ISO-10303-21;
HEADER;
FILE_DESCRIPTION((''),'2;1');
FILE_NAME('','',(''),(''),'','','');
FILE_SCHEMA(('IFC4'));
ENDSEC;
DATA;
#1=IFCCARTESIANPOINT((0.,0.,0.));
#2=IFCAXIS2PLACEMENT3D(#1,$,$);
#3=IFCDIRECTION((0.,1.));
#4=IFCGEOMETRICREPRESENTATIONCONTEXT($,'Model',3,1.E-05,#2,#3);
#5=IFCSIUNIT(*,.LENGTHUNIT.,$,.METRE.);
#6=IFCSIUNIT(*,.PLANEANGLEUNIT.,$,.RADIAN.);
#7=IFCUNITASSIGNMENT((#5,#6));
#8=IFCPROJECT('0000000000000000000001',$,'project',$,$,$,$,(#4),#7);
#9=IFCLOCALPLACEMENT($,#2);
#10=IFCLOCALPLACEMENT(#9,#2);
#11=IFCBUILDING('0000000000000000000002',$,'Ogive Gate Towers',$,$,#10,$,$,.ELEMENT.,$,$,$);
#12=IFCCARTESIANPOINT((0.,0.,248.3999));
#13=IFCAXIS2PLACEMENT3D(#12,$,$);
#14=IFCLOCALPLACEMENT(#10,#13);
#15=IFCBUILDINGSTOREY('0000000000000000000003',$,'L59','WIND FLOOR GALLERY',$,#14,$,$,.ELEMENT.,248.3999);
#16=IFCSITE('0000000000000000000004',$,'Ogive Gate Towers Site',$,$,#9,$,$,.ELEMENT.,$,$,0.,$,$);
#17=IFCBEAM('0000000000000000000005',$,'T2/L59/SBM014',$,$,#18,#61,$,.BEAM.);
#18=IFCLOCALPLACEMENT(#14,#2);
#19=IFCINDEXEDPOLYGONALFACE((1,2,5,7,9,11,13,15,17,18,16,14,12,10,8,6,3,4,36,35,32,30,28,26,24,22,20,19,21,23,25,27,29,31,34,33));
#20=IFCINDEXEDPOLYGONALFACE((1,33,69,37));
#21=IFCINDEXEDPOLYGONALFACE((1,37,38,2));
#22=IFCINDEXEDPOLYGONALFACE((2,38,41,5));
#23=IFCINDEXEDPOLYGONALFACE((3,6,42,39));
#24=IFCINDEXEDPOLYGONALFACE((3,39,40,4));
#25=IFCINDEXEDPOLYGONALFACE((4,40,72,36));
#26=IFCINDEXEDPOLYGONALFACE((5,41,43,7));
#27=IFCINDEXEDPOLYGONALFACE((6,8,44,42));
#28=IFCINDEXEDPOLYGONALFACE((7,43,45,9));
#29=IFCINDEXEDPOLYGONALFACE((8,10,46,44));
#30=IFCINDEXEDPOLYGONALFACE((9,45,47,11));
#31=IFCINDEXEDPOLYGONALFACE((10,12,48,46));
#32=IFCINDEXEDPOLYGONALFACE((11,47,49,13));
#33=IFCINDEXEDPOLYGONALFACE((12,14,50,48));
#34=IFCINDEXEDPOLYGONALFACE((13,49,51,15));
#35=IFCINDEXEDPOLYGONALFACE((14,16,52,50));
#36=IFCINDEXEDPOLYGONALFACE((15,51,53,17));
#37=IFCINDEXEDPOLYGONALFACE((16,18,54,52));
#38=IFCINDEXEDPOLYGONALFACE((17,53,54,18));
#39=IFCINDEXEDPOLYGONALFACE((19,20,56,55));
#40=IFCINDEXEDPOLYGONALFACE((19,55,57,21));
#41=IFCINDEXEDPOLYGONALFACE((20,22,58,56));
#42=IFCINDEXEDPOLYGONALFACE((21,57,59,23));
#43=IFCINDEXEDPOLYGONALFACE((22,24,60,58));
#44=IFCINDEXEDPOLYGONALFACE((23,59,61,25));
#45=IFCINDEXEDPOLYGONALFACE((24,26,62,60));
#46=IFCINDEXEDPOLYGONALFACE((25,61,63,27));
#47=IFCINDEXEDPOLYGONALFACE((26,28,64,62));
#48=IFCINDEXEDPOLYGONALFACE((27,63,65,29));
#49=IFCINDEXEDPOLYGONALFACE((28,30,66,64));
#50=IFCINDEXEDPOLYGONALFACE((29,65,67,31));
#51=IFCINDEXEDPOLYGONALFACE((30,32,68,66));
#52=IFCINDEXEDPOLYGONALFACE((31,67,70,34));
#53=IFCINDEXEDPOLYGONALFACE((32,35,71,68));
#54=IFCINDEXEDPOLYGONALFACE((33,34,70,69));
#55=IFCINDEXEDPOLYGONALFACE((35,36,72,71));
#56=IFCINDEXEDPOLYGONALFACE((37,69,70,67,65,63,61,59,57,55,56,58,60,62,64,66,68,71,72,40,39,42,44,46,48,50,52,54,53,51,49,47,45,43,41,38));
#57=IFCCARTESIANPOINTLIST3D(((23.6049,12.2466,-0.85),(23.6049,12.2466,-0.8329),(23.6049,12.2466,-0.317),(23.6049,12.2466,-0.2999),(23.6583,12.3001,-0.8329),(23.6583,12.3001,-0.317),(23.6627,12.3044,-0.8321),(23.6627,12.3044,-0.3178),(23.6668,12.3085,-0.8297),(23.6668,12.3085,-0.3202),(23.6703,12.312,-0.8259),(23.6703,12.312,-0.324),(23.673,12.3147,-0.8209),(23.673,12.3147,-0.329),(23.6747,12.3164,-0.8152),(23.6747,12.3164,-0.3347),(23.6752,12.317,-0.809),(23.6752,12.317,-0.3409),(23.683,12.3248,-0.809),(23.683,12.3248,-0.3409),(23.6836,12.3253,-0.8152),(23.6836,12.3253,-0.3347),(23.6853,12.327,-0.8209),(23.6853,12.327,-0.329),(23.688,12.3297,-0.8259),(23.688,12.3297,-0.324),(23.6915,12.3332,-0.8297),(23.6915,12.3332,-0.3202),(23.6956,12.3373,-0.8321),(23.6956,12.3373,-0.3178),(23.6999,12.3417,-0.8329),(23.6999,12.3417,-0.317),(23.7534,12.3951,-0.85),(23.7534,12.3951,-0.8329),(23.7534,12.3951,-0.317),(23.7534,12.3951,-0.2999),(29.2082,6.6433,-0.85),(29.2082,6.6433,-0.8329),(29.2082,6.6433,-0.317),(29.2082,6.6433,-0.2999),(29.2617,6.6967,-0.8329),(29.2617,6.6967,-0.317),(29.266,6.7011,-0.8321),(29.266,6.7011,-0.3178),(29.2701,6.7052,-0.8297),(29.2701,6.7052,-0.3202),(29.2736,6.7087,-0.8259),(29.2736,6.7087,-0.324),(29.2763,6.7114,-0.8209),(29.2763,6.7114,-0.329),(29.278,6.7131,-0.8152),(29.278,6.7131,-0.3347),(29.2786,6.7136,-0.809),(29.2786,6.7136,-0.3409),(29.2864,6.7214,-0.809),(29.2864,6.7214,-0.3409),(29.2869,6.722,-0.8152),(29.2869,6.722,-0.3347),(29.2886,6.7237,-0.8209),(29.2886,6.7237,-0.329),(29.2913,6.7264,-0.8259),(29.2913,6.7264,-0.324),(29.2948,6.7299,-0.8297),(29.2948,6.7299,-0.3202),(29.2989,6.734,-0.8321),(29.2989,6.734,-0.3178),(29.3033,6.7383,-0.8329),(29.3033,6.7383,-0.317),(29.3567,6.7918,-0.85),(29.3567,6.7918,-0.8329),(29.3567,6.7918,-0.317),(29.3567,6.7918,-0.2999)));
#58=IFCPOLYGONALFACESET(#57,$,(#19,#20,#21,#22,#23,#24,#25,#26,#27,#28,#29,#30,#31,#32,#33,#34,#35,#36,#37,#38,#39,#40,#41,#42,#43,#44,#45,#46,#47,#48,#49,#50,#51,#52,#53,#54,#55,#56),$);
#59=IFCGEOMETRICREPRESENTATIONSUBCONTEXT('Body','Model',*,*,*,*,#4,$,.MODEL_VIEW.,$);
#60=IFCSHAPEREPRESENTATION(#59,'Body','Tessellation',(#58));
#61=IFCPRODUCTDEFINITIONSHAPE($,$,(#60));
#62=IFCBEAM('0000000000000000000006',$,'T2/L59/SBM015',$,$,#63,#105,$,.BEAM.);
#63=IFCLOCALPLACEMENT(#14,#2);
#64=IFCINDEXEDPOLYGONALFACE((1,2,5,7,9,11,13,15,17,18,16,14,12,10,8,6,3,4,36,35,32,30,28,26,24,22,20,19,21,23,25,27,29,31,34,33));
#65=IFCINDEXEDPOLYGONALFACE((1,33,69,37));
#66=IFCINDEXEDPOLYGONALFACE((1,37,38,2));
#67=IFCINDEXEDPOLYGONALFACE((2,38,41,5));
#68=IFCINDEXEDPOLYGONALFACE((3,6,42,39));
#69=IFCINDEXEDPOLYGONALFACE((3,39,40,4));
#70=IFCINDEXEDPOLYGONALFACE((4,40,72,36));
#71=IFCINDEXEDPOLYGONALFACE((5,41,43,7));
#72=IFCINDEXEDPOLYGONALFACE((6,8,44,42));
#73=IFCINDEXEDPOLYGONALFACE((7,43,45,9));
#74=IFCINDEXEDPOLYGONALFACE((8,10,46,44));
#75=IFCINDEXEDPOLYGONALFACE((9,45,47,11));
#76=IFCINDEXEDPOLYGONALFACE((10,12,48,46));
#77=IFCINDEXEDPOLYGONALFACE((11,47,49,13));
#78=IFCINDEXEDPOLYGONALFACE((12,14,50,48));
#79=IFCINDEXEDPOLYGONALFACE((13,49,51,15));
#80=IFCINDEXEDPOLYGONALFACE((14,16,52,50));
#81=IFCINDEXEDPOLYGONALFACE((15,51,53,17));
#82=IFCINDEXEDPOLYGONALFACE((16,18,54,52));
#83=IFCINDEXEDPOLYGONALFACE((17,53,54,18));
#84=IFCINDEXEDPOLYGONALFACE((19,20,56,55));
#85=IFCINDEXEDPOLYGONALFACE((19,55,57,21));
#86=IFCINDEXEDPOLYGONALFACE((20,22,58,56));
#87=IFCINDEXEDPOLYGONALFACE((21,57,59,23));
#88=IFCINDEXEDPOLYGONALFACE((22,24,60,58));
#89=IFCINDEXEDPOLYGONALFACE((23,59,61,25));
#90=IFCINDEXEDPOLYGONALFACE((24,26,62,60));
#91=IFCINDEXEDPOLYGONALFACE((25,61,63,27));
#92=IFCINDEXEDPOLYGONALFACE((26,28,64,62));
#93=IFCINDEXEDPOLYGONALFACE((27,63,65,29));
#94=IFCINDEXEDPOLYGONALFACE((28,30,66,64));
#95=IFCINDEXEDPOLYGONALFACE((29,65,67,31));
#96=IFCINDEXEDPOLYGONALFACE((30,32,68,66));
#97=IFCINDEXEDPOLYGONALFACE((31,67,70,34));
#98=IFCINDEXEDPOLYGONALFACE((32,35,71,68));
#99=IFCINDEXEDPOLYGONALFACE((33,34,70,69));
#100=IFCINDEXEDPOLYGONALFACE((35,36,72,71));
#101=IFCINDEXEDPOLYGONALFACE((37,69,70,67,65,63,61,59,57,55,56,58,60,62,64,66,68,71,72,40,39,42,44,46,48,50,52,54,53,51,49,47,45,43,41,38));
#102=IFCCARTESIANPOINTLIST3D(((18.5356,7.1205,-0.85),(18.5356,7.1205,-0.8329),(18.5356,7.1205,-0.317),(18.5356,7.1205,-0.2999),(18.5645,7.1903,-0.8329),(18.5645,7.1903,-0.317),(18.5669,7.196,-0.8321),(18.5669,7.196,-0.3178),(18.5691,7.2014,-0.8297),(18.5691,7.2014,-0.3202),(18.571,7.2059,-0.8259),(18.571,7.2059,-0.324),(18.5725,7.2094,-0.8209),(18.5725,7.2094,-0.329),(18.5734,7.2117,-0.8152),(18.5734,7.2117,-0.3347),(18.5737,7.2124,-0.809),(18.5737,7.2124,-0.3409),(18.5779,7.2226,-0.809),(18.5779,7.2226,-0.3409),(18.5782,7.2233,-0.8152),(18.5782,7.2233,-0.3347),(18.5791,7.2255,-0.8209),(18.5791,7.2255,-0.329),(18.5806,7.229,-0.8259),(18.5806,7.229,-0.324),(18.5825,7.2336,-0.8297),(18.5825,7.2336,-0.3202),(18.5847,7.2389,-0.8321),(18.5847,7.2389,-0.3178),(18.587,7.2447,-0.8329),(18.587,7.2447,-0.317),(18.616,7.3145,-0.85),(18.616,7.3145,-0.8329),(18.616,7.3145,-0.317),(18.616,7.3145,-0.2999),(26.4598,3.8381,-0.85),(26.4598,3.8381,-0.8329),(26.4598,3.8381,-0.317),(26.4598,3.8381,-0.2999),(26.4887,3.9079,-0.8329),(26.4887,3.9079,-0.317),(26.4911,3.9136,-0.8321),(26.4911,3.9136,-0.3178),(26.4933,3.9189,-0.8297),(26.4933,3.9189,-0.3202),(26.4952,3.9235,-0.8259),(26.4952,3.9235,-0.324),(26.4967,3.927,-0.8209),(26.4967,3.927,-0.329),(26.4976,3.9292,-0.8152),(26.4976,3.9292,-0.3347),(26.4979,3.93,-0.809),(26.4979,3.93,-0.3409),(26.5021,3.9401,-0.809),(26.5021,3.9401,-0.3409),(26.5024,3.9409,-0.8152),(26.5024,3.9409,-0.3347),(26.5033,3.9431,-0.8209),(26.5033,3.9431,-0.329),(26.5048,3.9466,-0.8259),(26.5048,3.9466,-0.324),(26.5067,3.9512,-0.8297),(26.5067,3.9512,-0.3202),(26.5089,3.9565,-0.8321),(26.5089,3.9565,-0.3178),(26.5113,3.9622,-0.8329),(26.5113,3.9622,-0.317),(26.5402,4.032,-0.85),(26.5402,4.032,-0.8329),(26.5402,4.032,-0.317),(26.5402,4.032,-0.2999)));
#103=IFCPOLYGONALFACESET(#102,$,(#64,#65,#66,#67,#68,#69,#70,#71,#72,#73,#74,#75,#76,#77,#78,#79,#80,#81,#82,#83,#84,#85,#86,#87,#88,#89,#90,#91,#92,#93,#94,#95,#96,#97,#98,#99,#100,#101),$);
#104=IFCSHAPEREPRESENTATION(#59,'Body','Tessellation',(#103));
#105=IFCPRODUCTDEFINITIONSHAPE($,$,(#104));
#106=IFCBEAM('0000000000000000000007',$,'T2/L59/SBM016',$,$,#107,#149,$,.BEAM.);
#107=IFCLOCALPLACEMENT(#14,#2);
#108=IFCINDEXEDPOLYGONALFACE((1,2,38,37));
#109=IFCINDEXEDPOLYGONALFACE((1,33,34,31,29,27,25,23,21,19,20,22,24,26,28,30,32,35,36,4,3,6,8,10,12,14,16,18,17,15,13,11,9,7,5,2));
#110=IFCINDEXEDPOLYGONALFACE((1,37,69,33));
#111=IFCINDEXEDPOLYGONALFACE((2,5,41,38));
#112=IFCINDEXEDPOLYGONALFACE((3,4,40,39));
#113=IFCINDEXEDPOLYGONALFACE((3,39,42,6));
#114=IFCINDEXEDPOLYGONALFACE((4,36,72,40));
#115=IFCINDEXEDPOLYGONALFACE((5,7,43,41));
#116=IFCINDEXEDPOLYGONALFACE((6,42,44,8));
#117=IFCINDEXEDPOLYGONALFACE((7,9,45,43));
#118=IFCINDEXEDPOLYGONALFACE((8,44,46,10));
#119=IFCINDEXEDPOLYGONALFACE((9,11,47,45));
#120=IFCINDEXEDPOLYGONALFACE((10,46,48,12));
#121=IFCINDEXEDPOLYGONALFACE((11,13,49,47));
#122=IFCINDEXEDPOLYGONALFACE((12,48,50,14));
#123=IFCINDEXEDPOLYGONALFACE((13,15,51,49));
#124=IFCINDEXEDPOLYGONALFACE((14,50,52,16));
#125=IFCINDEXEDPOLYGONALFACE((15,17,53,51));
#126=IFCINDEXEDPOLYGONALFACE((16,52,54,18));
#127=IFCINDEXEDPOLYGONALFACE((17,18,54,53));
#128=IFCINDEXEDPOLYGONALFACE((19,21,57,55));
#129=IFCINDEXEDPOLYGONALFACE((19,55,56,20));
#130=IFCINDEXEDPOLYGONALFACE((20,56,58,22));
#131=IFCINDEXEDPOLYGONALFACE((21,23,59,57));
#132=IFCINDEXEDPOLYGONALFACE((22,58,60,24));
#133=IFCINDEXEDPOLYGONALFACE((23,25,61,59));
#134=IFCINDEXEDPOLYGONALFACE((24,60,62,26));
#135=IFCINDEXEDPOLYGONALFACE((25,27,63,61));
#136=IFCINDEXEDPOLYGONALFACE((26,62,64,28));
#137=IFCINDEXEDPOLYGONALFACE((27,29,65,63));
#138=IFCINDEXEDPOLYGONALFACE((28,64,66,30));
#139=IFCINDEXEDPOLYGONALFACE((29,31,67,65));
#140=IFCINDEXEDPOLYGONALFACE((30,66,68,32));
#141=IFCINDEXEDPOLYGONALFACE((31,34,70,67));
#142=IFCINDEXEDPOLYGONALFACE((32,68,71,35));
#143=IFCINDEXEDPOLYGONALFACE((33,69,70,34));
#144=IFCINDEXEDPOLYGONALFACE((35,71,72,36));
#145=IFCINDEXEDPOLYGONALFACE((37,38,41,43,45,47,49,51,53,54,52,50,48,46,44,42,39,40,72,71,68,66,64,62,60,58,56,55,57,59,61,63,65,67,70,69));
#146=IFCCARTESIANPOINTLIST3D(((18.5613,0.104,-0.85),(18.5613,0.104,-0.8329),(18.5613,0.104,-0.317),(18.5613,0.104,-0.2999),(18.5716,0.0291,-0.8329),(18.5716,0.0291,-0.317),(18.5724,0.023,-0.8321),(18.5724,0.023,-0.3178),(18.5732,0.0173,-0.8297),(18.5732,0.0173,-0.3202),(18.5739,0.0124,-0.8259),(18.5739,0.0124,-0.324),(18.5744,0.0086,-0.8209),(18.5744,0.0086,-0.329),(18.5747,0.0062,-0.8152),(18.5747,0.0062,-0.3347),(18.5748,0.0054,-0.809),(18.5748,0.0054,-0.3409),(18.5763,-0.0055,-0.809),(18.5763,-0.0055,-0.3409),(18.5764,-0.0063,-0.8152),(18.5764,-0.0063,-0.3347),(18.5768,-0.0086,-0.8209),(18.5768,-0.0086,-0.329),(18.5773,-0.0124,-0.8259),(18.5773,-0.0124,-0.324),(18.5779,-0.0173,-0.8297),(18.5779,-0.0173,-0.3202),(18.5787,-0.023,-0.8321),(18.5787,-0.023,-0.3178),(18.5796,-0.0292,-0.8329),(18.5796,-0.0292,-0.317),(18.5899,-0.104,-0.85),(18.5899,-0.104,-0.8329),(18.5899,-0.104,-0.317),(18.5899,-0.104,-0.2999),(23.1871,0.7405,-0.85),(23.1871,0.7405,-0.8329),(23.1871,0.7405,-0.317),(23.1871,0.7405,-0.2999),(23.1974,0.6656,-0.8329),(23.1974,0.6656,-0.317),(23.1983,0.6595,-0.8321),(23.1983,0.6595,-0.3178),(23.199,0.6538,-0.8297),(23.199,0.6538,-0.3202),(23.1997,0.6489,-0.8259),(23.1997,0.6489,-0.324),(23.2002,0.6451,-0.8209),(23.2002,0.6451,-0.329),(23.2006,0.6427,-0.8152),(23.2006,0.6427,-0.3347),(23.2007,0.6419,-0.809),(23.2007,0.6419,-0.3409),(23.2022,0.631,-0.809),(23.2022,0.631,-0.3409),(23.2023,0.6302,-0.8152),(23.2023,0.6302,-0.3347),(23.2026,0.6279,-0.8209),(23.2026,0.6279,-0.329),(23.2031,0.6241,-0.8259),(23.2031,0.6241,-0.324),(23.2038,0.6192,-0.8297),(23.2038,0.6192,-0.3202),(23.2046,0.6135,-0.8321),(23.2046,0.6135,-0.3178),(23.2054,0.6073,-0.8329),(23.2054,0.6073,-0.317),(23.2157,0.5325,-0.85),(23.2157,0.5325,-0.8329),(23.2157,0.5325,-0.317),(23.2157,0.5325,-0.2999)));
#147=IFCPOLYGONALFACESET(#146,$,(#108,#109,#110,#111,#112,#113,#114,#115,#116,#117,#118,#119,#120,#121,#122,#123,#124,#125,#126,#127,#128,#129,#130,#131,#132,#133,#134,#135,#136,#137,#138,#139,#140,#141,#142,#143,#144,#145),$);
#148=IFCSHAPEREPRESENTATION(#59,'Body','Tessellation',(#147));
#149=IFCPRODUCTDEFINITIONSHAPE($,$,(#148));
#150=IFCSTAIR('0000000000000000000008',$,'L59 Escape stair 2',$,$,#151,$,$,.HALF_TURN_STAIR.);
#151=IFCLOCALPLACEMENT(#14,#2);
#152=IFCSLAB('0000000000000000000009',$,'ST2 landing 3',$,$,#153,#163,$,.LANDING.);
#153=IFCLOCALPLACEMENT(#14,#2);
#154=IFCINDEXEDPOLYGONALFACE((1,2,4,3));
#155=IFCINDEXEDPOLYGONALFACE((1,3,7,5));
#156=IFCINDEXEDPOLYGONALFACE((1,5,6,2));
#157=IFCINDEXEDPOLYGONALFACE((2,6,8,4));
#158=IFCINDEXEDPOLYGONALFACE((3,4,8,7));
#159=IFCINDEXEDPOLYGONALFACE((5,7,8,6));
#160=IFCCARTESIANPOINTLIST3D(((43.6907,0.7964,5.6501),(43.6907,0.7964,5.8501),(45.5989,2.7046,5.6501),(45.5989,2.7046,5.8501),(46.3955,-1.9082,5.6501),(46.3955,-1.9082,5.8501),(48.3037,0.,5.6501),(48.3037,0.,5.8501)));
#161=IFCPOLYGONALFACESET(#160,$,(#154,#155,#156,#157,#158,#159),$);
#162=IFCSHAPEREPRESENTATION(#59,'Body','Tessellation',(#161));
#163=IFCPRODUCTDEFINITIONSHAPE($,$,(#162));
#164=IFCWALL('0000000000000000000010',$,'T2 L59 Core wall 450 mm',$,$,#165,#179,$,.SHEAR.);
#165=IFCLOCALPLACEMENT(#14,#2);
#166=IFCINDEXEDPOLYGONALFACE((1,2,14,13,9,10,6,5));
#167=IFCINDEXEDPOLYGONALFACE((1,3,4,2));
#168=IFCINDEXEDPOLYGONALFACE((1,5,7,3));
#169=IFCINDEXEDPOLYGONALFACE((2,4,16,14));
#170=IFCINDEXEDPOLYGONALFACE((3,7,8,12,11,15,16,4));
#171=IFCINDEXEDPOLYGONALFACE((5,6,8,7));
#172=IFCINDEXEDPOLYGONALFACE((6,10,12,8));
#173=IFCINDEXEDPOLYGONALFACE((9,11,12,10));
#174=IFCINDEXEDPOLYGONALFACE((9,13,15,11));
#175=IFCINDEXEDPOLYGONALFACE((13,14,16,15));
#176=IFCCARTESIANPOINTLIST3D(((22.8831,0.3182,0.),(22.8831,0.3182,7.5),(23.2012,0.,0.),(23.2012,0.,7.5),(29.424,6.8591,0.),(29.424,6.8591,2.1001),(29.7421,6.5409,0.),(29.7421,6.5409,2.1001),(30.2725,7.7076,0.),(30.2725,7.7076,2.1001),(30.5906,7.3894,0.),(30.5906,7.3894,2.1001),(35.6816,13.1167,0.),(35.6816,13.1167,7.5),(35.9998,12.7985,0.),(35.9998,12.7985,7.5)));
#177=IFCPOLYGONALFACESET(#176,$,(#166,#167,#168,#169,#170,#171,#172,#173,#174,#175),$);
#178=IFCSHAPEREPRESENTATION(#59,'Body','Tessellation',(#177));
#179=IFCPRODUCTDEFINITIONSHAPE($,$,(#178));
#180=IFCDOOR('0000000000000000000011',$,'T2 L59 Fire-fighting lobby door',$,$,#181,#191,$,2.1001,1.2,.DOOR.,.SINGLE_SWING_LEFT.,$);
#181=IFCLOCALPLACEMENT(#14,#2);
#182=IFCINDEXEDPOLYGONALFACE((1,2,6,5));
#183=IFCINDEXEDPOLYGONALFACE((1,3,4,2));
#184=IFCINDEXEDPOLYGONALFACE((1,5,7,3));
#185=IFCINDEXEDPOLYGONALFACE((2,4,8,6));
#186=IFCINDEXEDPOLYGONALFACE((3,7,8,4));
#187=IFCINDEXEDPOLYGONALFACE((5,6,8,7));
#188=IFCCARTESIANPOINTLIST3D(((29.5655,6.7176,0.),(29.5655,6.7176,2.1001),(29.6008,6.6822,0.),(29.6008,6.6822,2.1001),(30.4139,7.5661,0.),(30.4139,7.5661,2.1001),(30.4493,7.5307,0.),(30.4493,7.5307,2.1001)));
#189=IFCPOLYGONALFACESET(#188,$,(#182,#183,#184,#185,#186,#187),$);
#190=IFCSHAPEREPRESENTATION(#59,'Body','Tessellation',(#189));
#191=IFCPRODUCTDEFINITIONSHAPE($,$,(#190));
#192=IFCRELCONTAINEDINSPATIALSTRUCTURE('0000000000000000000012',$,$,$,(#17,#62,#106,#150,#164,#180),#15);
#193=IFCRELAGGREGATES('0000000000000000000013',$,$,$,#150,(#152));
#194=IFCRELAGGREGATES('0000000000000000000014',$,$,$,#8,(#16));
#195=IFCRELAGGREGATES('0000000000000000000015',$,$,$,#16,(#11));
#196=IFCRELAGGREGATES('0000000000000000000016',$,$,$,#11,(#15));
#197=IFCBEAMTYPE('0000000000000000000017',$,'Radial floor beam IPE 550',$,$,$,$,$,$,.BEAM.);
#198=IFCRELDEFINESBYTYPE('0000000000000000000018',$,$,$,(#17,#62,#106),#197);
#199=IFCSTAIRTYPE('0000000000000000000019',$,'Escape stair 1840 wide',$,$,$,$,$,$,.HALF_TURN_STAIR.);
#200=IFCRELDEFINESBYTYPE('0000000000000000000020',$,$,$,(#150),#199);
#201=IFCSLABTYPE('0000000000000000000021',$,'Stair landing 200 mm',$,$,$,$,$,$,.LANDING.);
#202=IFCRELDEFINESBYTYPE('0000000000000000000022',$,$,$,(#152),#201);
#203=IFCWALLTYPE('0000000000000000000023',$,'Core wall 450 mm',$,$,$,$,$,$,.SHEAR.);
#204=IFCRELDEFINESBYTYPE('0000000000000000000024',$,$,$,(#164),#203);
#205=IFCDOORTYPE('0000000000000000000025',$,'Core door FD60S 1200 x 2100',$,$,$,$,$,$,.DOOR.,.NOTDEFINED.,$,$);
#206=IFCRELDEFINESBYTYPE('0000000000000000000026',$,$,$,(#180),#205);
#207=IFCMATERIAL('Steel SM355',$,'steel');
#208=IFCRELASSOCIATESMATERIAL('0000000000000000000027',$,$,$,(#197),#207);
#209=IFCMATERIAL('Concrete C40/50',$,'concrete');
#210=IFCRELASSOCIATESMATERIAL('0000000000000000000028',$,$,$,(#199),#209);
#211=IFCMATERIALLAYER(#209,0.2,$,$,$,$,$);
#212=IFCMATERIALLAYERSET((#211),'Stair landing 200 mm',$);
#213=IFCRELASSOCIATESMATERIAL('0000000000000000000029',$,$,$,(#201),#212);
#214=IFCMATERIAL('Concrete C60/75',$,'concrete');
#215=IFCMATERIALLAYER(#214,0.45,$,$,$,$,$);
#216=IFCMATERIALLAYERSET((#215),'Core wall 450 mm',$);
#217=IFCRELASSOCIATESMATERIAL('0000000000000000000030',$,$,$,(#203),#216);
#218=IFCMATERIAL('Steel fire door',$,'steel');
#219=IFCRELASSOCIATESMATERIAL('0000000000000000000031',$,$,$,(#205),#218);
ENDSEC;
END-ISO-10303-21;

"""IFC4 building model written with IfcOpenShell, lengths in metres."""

from ifc_helpers import new_model, si_unit, direction, frame, frame_2d, origin, origin_2d, place, context, subcontext, project, spatial, polyline, rectangle, i_section, outline, extrude, material, layer, layer_set, material_profile, profile_set, type_object, element, fill, aggregate, save


model = new_model("IFC4")

# Units and contexts
model_context = context("Model", 3, precision=1e-05, world=origin(), true_north=direction((0.0, 1.0)))
body_context = subcontext(model_context, "Body", "Model", "MODEL_VIEW")
ifc_project = project(units=[si_unit("LENGTHUNIT", "METRE"), si_unit("PLANEANGLEUNIT", "RADIAN")], contexts=[model_context])

# Site, building, storey
site_placement = place(None, origin())
site = spatial("IfcSite", under=ifc_project, at=site_placement, Name="Ogive Gate Towers Site", CompositionType="ELEMENT", RefElevation=0.0)
building_placement = place(site_placement, origin())
building = spatial("IfcBuilding", under=site, at=building_placement, Name="Ogive Gate Towers", CompositionType="ELEMENT")
storey_placement = place(building_placement, frame((0.0, 0.0, 248.3999)))
storey = spatial("IfcBuildingStorey", under=building, at=storey_placement, Name="L59", Description="WIND FLOOR GALLERY", CompositionType="ELEMENT", Elevation=248.3999)

# Beams
ifc_material_1 = material(Name="Concrete C40/50", Category="concrete")
ifc_material_2 = material(Name="Steel SM355", Category="steel")
ifc_material_profile_1 = material_profile(ifc_material_2, i_section(OverallWidth=0.21, OverallDepth=0.55, WebThickness=0.011, FlangeThickness=0.0171, FilletRadius=0.0239, at=origin_2d()), Name="IPE 550")
ifc_profile_set_1 = profile_set([ifc_material_profile_1], Name="Steel SM355")
beam_type_1 = type_object("IfcBeamType", Name="Radial floor beam IPE 550", PredefinedType="BEAM", material=ifc_profile_set_1)
beam_1_placement = place(storey_placement, frame((29.2825, 6.7175, -0.575), z_axis=(-0.707107, 0.707107, 0.0), x_axis=(-0.707107, -0.707107, 0.0)))
element("IfcBeam", 1, at=beam_1_placement, inside=storey, type_object=beam_type_1, Name="T2/L59/SBM014", PredefinedType="BEAM", context=body_context, shape_type="SweptSolid", body=[
    extrude(i_section(OverallWidth=0.21, OverallDepth=0.55, WebThickness=0.011, FlangeThickness=0.0171, FilletRadius=0.0239, at=origin_2d()), origin(), (0.0, 0.0, 1.0), 7.9243),
])
beam_2_placement = place(storey_placement, frame((26.5, 3.9351, -0.575), z_axis=(-0.923875, 0.382695, 0.0), x_axis=(-0.382695, -0.923875, 0.0)))
element("IfcBeam", 2, at=beam_2_placement, inside=storey, type_object=beam_type_1, Name="T2/L59/SBM015", PredefinedType="BEAM", context=body_context, shape_type="SweptSolid", body=[
    extrude(i_section(OverallWidth=0.21, OverallDepth=0.55, WebThickness=0.011, FlangeThickness=0.0171, FilletRadius=0.0239, at=origin_2d()), origin(), (0.0, 0.0, 1.0), 8.5771),
])
beam_3_placement = place(storey_placement, frame((23.2014, 0.6365, -0.575), z_axis=(-0.990666, -0.13631, 0.0), x_axis=(0.13631, -0.990666, 0.0)))
element("IfcBeam", 3, at=beam_3_placement, inside=storey, type_object=beam_type_1, Name="T2/L59/SBM016", PredefinedType="BEAM", context=body_context, shape_type="SweptSolid", body=[
    extrude(i_section(OverallWidth=0.21, OverallDepth=0.55, WebThickness=0.011, FlangeThickness=0.0171, FilletRadius=0.0239, at=origin_2d()), origin(), (0.0, 0.0, 1.0), 4.6694),
])

# Stair, slab
stair_type = type_object("IfcStairType", Name="Escape stair 1840 wide", PredefinedType="HALF_TURN_STAIR", material=ifc_material_1)
stair_1_placement = place(storey_placement, origin())
stair_1 = element("IfcStair", 4, at=stair_1_placement, inside=storey, type_object=stair_type, Name="L59 Escape stair 2", PredefinedType="HALF_TURN_STAIR")
ifc_layer_1 = layer(ifc_material_1, 0.2)
ifc_layer_set_1 = layer_set([ifc_layer_1], Name="Stair landing 200 mm")
slab_type = type_object("IfcSlabType", Name="Stair landing 200 mm", PredefinedType="LANDING", material=ifc_layer_set_1)
slab_placement = place(storey_placement, frame((0.0, 0.0, 5.6501)))
slab = element("IfcSlab", 5, at=slab_placement, type_object=slab_type, Name="ST2 landing 3", PredefinedType="LANDING", context=body_context, shape_type="SweptSolid", body=[
    extrude(outline(polyline([(46.3955, -1.9082), (48.3037, 0.0), (45.5989, 2.7046), (43.6907, 0.7964), (46.3955, -1.9082)])), origin(), (0.0, 0.0, 1.0), 0.2),
])
aggregate(stair_1, [slab])

# Wall, opening, door
ifc_material_3 = material(Name="Concrete C60/75", Category="concrete")
ifc_layer_2 = layer(ifc_material_3, 0.45)
ifc_layer_set_2 = layer_set([ifc_layer_2], Name="Core wall 450 mm")
wall_type_1 = type_object("IfcWallType", Name="Core wall 450 mm", PredefinedType="SHEAR", material=ifc_layer_set_2)
wall_1_placement = place(storey_placement, frame((23.0422, 0.1592, 0.0), z_axis=(0.0, 0.0, 1.0), x_axis=(0.707107, 0.707107, 0.0)))
wall_1 = element("IfcWall", 6, at=wall_1_placement, inside=storey, type_object=wall_type_1, Name="T2 L59 Core wall 450 mm", PredefinedType="SHEAR", context=body_context, shape_type="SweptSolid", body=[
    extrude(rectangle(XDim=18.0999, YDim=0.45, at=frame_2d((9.0498, 0.0))), origin(), (0.0, 0.0, 1.0), 7.5),
])
opening_1_placement = place(wall_1_placement, frame((9.25, 0.0, 0.0)))
opening_1 = element("IfcOpeningElement", 7, at=opening_1_placement, cuts=wall_1, PredefinedType="OPENING", context=body_context, shape_type="SweptSolid", body=[
    extrude(rectangle(XDim=1.2, YDim=2.1001, at=frame_2d((0.6001, 1.05))), frame((0.0, 0.2349, 0.0), z_axis=(0.0, -1.0, 0.0), x_axis=(1.0, 0.0, 0.0)), (0.0, 0.0, 1.0), 0.47),
])
ifc_material_4 = material(Name="Steel fire door", Category="steel")
door_type_1 = type_object("IfcDoorType", Name="Core door FD60S 1200 x 2100", OperationType="NOTDEFINED", PredefinedType="DOOR", material=ifc_material_4)
door_1_placement = place(opening_1_placement, origin())
door_1 = element("IfcDoor", 8, at=door_1_placement, inside=storey, type_object=door_type_1, Name="T2 L59 Fire-fighting lobby door", OperationType="SINGLE_SWING_LEFT", OverallHeight=2.1001, OverallWidth=1.2, PredefinedType="DOOR", context=body_context, shape_type="SweptSolid", body=[
    extrude(rectangle(XDim=1.2, YDim=2.1001, at=frame_2d((0.6001, 1.05))), frame((0.0, 0.0249, 0.0), z_axis=(0.0, -1.0, 0.0), x_axis=(1.0, 0.0, 0.0)), (0.0, 0.0, 1.0), 0.05),
])
fill(opening_1, door_1)

save(model, "model.ifc")
